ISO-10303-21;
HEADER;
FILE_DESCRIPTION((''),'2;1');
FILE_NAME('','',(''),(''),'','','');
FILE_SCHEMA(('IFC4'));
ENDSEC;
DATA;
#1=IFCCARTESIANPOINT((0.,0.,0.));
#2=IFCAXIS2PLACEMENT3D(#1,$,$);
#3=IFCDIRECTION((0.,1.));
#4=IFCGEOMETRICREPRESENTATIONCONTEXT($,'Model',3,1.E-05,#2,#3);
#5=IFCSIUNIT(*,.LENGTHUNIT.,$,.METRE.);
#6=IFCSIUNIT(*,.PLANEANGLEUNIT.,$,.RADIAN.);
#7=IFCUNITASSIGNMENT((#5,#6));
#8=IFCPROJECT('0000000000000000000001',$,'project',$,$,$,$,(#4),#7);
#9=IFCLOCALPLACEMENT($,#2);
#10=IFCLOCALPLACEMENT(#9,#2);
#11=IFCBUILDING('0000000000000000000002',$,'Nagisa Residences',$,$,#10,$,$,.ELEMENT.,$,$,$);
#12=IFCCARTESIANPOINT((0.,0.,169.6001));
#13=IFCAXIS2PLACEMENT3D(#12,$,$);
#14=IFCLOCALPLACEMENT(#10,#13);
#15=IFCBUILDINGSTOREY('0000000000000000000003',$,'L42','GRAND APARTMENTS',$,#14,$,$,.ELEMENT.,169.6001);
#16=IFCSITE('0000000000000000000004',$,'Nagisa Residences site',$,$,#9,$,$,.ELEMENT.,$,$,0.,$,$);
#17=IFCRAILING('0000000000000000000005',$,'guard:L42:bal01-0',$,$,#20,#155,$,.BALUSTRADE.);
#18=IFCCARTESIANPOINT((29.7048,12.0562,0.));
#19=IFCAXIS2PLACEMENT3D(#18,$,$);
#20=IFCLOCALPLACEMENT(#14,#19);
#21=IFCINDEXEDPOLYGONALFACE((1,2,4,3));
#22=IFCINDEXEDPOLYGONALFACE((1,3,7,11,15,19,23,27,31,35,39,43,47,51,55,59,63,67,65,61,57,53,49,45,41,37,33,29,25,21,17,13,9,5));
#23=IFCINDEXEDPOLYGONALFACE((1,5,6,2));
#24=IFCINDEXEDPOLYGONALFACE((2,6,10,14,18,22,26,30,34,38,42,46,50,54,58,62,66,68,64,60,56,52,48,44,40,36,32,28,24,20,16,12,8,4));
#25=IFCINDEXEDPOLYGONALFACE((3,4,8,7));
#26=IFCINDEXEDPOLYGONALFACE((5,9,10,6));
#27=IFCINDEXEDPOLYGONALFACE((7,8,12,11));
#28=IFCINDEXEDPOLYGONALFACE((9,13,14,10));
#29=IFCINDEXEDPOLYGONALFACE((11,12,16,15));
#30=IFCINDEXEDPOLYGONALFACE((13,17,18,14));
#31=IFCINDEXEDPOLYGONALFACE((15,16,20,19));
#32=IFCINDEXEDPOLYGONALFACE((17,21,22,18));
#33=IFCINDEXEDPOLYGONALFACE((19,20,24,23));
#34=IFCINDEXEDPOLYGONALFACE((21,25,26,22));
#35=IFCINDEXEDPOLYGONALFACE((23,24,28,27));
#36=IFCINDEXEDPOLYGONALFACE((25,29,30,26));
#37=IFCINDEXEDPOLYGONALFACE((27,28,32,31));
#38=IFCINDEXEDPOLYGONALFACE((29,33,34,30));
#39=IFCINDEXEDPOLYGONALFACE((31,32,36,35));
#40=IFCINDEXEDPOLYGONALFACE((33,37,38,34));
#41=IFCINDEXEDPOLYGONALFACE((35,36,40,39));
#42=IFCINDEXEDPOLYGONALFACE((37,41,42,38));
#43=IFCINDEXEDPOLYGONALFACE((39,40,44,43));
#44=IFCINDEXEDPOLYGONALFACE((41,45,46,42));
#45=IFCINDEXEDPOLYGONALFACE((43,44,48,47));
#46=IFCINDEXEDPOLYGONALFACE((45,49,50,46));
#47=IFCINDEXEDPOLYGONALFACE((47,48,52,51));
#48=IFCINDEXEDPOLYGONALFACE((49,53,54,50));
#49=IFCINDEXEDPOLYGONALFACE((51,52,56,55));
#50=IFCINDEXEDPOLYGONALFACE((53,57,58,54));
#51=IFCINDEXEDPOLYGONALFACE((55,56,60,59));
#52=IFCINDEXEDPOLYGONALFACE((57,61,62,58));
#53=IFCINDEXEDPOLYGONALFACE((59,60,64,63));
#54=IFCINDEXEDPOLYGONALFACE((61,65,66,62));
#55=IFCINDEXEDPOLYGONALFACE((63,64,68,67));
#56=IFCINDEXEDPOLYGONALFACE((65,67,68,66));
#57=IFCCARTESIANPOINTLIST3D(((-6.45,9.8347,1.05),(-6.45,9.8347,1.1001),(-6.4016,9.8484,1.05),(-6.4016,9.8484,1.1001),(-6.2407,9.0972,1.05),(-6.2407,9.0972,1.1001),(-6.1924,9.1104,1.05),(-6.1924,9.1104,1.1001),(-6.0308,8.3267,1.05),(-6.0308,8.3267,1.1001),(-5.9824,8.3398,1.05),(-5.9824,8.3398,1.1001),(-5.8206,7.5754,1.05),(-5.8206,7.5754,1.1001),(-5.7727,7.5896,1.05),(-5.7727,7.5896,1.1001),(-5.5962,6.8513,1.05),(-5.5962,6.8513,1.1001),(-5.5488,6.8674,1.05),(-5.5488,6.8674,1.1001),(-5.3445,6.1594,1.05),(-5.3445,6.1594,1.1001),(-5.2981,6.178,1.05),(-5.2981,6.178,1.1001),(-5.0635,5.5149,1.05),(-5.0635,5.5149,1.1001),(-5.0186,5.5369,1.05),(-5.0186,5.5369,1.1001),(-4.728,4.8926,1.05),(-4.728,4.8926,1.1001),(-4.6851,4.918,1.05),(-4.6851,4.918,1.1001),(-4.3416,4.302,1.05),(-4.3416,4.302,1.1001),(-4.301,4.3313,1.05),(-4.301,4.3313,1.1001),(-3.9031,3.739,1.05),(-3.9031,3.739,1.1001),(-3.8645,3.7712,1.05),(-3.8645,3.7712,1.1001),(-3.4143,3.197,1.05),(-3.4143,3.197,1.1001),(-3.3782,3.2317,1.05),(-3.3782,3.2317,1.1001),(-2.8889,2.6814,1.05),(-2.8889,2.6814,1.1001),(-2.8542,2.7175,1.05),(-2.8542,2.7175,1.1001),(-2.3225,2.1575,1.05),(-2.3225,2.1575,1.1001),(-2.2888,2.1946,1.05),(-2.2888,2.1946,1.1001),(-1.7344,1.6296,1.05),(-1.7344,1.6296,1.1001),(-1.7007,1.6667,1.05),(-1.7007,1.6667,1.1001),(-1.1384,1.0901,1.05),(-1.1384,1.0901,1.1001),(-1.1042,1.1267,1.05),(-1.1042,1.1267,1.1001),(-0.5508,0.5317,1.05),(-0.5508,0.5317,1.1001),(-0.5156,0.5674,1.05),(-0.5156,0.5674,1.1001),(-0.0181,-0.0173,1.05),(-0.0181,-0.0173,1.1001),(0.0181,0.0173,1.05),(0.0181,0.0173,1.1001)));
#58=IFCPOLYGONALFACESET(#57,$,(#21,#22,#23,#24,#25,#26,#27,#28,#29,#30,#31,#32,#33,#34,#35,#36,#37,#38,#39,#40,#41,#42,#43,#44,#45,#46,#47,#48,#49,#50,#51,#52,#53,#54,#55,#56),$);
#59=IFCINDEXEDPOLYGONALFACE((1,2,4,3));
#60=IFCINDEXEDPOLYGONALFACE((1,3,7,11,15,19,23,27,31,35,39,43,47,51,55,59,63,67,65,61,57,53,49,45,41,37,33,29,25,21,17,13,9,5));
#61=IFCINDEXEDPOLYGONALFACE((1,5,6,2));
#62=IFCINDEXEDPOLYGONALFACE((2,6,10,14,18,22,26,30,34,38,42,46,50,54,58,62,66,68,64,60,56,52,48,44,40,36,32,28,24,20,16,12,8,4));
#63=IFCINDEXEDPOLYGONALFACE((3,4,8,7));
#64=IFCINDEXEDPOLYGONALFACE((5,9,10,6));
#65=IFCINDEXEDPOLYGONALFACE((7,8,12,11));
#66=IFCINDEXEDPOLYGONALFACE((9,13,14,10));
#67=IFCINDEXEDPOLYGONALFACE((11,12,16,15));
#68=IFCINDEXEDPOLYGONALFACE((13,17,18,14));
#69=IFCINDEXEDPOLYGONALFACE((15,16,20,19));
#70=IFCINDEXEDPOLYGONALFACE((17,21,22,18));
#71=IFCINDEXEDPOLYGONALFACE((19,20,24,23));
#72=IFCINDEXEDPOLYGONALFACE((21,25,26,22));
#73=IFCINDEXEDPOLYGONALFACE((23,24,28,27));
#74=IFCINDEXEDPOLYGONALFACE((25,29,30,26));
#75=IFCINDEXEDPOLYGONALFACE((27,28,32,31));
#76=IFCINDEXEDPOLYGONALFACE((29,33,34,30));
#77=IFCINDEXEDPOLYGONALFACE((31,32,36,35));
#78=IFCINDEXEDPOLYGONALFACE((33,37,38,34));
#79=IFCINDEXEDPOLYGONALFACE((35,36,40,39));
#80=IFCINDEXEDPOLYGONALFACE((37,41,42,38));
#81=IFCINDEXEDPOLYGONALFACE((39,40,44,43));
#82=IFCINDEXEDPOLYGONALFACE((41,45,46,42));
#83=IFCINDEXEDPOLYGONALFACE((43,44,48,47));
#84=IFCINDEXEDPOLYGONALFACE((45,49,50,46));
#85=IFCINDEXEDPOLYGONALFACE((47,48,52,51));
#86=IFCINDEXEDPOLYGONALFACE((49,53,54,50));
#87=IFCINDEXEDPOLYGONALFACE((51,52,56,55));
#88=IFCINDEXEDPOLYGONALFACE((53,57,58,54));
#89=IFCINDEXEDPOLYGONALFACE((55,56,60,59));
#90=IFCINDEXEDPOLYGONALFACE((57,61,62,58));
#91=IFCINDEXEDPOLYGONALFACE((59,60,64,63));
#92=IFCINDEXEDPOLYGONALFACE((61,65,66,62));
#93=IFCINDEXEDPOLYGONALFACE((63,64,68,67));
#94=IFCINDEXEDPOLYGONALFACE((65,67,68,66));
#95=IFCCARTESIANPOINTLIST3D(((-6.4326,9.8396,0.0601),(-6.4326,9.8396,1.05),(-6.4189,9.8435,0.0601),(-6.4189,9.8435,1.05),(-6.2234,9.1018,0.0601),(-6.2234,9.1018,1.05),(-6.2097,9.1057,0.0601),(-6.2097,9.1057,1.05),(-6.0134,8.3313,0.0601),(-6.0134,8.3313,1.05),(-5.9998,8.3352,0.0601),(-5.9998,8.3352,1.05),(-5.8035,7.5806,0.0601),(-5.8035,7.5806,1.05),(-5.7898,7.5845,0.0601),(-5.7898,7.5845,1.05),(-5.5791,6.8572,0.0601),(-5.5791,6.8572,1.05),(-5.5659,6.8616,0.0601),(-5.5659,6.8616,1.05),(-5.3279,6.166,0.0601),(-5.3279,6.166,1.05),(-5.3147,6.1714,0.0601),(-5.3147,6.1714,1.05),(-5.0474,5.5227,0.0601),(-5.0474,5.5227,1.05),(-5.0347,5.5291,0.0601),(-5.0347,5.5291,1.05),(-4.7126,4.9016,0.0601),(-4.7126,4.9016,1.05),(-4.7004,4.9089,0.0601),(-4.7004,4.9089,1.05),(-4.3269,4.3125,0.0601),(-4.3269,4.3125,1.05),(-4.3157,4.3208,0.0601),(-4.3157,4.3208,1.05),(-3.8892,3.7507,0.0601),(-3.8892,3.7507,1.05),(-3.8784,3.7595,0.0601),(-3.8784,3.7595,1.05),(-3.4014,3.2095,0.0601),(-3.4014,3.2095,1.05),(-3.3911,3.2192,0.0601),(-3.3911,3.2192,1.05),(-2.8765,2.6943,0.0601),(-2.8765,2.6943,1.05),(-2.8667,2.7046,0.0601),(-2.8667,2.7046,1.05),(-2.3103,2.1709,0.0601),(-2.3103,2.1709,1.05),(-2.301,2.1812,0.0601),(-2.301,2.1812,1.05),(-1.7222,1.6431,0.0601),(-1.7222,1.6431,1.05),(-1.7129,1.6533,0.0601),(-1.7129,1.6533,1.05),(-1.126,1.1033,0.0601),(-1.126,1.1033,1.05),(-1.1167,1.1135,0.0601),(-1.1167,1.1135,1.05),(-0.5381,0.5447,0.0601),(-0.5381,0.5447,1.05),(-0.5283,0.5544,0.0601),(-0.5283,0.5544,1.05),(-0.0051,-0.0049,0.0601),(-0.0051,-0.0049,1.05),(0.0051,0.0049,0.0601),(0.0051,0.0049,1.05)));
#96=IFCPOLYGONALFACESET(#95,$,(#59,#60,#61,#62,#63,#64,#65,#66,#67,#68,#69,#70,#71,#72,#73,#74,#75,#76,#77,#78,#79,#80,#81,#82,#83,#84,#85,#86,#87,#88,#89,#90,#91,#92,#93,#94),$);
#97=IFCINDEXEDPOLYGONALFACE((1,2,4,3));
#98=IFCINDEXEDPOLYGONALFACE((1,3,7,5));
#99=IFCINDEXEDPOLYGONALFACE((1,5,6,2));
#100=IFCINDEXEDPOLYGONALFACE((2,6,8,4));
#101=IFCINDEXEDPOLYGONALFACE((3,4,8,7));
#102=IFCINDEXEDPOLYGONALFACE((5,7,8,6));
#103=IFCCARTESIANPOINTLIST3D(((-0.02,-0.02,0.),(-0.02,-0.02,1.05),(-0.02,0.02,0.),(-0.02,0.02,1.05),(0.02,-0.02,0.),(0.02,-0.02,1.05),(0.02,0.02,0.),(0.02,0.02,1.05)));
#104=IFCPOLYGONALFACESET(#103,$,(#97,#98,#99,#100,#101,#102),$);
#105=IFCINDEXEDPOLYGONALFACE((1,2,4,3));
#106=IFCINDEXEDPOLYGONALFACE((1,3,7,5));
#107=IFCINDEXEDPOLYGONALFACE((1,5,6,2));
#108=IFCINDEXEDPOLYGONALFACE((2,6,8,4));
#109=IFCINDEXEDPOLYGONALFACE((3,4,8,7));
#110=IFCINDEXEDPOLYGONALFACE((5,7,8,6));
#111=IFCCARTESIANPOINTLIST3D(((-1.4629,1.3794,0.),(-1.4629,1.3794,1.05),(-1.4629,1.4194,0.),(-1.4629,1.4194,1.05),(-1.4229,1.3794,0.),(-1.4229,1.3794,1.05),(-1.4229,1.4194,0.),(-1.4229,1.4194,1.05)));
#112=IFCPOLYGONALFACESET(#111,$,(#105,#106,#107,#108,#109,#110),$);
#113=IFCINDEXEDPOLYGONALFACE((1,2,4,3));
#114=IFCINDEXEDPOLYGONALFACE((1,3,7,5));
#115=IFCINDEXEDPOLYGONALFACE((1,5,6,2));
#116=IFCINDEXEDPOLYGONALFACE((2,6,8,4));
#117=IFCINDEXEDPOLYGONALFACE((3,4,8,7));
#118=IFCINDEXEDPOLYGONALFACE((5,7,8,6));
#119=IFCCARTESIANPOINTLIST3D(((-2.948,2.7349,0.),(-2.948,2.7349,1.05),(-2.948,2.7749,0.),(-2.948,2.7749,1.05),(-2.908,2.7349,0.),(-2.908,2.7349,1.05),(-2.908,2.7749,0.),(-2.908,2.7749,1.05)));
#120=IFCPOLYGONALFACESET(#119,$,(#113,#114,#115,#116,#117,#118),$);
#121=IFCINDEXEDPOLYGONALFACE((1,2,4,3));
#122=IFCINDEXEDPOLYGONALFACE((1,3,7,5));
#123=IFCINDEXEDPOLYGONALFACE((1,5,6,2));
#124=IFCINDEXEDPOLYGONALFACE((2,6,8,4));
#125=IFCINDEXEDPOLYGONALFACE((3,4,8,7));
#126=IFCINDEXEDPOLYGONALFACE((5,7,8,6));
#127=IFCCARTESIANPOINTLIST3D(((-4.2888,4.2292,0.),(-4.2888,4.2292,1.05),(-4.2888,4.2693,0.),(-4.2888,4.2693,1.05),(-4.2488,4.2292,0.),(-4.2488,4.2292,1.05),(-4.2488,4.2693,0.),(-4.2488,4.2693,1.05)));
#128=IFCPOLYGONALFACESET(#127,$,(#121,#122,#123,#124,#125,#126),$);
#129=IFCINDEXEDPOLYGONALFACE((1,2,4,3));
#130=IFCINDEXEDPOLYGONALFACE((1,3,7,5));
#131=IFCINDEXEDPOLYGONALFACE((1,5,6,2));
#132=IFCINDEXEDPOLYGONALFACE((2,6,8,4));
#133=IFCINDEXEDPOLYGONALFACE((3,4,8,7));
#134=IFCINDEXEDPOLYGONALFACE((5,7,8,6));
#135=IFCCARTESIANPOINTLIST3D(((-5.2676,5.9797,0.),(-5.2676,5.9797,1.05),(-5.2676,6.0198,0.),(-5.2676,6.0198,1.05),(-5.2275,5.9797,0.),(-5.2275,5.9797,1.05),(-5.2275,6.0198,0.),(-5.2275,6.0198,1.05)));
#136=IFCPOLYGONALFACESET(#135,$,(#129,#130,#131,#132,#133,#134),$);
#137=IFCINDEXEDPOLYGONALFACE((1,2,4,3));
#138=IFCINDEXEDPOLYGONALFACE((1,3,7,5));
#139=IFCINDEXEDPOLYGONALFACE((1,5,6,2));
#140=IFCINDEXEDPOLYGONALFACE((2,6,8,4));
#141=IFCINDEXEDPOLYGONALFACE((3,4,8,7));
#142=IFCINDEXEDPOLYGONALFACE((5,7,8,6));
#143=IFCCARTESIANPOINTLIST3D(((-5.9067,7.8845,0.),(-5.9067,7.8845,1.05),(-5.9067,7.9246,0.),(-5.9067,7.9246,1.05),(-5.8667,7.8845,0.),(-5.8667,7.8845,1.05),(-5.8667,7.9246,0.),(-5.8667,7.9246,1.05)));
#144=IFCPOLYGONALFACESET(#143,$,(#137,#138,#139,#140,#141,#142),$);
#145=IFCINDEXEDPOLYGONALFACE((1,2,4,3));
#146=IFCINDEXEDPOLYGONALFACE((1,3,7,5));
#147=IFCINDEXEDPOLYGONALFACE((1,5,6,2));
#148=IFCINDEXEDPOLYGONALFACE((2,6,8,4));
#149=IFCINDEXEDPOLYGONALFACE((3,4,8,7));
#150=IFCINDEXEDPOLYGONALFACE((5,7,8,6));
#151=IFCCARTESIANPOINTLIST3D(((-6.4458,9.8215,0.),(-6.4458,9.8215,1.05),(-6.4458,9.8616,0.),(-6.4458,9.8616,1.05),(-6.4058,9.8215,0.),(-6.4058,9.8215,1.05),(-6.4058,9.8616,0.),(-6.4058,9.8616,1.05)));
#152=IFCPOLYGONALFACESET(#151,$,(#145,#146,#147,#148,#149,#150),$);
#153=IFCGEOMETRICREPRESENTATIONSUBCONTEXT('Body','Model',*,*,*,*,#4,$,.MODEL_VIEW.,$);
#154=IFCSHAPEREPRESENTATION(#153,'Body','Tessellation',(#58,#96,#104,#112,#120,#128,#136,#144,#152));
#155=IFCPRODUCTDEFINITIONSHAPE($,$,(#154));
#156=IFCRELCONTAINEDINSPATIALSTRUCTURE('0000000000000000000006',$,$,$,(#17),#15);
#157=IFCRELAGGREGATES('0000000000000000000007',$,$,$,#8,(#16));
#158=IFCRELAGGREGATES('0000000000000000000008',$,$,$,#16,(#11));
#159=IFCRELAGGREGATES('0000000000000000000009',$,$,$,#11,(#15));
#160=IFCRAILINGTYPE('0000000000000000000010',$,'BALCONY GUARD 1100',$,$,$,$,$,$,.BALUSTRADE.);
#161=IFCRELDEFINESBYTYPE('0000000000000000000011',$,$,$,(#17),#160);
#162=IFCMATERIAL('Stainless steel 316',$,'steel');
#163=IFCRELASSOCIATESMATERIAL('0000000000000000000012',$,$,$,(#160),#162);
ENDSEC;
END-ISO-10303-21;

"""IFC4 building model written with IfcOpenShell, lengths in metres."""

from ifc_helpers import new_model, si_unit, direction, frame, origin, origin_2d, place, context, subcontext, project, spatial, polyline, rectangle, outline, extrude, material, type_object, element, save


model = new_model("IFC4")

# Units and contexts
model_context = context("Model", 3, precision=1e-05, world=origin(), true_north=direction((0.0, 1.0)))
body_context = subcontext(model_context, "Body", "Model", "MODEL_VIEW")
ifc_project = project(units=[si_unit("LENGTHUNIT", "METRE"), si_unit("PLANEANGLEUNIT", "RADIAN")], contexts=[model_context])

# Site, building, storey
site_placement = place(None, origin())
site = spatial("IfcSite", under=ifc_project, at=site_placement, Name="Nagisa Residences site", CompositionType="ELEMENT", RefElevation=0.0)
building_placement = place(site_placement, origin())
building = spatial("IfcBuilding", under=site, at=building_placement, Name="Nagisa Residences", CompositionType="ELEMENT")
storey_placement = place(building_placement, frame((0.0, 0.0, 169.6001)))
storey = spatial("IfcBuildingStorey", under=building, at=storey_placement, Name="L42", Description="GRAND APARTMENTS", CompositionType="ELEMENT", Elevation=169.6001)

# Railing
ifc_material_1 = material(Name="Stainless steel 316", Category="steel")
railing_type = type_object("IfcRailingType", Name="BALCONY GUARD 1100", PredefinedType="BALUSTRADE", material=ifc_material_1)
railing_1_placement = place(storey_placement, frame((29.7048, 12.0562, 0.0)))
element("IfcRailing", 1, at=railing_1_placement, inside=storey, type_object=railing_type, Name="guard:L42:bal01-0", PredefinedType="BALUSTRADE", context=body_context, shape_type="SweptSolid", body=[
    extrude(outline(polyline([(-0.5508, 0.5317), (-0.0181, -0.0173), (0.0181, 0.0173), (-0.5156, 0.5674), (-1.1042, 1.1267), (-1.7007, 1.6667), (-2.2888, 2.1946), (-2.8542, 2.7175), (-3.3782, 3.2317), (-3.8645, 3.7712), (-4.301, 4.3313), (-4.6851, 4.918), (-5.0186, 5.5369), (-5.2981, 6.178), (-5.5488, 6.8674), (-5.7727, 7.5896), (-5.9824, 8.3398), (-6.1924, 9.1104), (-6.4016, 9.8484), (-6.45, 9.8347), (-6.2407, 9.0972), (-6.0308, 8.3267), (-5.8206, 7.5754), (-5.5962, 6.8513), (-5.3445, 6.1594), (-5.0635, 5.5149), (-4.728, 4.8926), (-4.3416, 4.302), (-3.9031, 3.739), (-3.4143, 3.197), (-2.8889, 2.6814), (-2.3225, 2.1575), (-1.7344, 1.6296), (-1.1384, 1.0901), (-0.5508, 0.5317)])), frame((0.0, 0.0, 1.05)), (0.0, 0.0, 1.0), 0.05),
    extrude(outline(polyline([(-0.5381, 0.5447), (-0.0051, -0.0049), (0.0051, 0.0049), (-0.5283, 0.5544), (-1.1167, 1.1135), (-1.7129, 1.6533), (-2.301, 2.1812), (-2.8667, 2.7046), (-3.3911, 3.2192), (-3.8784, 3.7595), (-4.3157, 4.3208), (-4.7004, 4.9089), (-5.0347, 5.5291), (-5.3147, 6.1714), (-5.5659, 6.8616), (-5.7898, 7.5845), (-5.9998, 8.3352), (-6.2097, 9.1057), (-6.4189, 9.8435), (-6.4326, 9.8396), (-6.2234, 9.1018), (-6.0134, 8.3313), (-5.8035, 7.5806), (-5.5791, 6.8572), (-5.3279, 6.166), (-5.0474, 5.5227), (-4.7126, 4.9016), (-4.3269, 4.3125), (-3.8892, 3.7507), (-3.4014, 3.2095), (-2.8765, 2.6943), (-2.3103, 2.1709), (-1.7222, 1.6431), (-1.126, 1.1033), (-0.5381, 0.5447)])), frame((0.0, 0.0, 0.0601)), (0.0, 0.0, 1.0), 0.99),
    extrude(rectangle(XDim=0.04, YDim=0.04, at=origin_2d()), origin(), (0.0, 0.0, 1.0), 1.05),
    extrude(rectangle(XDim=0.04, YDim=0.04, at=origin_2d()), frame((-1.4429, 1.3994, 0.0)), (0.0, 0.0, 1.0), 1.05),
    extrude(rectangle(XDim=0.04, YDim=0.04, at=origin_2d()), frame((-2.928, 2.7549, 0.0)), (0.0, 0.0, 1.0), 1.05),
    extrude(rectangle(XDim=0.04, YDim=0.04, at=origin_2d()), frame((-4.2688, 4.2493, 0.0)), (0.0, 0.0, 1.0), 1.05),
    extrude(rectangle(XDim=0.04, YDim=0.04, at=origin_2d()), frame((-5.2476, 5.9998, 0.0)), (0.0, 0.0, 1.0), 1.05),
    extrude(rectangle(XDim=0.04, YDim=0.04, at=origin_2d()), frame((-5.8867, 7.9045, 0.0)), (0.0, 0.0, 1.0), 1.05),
    extrude(rectangle(XDim=0.04, YDim=0.04, at=origin_2d()), frame((-6.4258, 9.8416, 0.0)), (0.0, 0.0, 1.0), 1.05),
])

save(model, "model.ifc")
